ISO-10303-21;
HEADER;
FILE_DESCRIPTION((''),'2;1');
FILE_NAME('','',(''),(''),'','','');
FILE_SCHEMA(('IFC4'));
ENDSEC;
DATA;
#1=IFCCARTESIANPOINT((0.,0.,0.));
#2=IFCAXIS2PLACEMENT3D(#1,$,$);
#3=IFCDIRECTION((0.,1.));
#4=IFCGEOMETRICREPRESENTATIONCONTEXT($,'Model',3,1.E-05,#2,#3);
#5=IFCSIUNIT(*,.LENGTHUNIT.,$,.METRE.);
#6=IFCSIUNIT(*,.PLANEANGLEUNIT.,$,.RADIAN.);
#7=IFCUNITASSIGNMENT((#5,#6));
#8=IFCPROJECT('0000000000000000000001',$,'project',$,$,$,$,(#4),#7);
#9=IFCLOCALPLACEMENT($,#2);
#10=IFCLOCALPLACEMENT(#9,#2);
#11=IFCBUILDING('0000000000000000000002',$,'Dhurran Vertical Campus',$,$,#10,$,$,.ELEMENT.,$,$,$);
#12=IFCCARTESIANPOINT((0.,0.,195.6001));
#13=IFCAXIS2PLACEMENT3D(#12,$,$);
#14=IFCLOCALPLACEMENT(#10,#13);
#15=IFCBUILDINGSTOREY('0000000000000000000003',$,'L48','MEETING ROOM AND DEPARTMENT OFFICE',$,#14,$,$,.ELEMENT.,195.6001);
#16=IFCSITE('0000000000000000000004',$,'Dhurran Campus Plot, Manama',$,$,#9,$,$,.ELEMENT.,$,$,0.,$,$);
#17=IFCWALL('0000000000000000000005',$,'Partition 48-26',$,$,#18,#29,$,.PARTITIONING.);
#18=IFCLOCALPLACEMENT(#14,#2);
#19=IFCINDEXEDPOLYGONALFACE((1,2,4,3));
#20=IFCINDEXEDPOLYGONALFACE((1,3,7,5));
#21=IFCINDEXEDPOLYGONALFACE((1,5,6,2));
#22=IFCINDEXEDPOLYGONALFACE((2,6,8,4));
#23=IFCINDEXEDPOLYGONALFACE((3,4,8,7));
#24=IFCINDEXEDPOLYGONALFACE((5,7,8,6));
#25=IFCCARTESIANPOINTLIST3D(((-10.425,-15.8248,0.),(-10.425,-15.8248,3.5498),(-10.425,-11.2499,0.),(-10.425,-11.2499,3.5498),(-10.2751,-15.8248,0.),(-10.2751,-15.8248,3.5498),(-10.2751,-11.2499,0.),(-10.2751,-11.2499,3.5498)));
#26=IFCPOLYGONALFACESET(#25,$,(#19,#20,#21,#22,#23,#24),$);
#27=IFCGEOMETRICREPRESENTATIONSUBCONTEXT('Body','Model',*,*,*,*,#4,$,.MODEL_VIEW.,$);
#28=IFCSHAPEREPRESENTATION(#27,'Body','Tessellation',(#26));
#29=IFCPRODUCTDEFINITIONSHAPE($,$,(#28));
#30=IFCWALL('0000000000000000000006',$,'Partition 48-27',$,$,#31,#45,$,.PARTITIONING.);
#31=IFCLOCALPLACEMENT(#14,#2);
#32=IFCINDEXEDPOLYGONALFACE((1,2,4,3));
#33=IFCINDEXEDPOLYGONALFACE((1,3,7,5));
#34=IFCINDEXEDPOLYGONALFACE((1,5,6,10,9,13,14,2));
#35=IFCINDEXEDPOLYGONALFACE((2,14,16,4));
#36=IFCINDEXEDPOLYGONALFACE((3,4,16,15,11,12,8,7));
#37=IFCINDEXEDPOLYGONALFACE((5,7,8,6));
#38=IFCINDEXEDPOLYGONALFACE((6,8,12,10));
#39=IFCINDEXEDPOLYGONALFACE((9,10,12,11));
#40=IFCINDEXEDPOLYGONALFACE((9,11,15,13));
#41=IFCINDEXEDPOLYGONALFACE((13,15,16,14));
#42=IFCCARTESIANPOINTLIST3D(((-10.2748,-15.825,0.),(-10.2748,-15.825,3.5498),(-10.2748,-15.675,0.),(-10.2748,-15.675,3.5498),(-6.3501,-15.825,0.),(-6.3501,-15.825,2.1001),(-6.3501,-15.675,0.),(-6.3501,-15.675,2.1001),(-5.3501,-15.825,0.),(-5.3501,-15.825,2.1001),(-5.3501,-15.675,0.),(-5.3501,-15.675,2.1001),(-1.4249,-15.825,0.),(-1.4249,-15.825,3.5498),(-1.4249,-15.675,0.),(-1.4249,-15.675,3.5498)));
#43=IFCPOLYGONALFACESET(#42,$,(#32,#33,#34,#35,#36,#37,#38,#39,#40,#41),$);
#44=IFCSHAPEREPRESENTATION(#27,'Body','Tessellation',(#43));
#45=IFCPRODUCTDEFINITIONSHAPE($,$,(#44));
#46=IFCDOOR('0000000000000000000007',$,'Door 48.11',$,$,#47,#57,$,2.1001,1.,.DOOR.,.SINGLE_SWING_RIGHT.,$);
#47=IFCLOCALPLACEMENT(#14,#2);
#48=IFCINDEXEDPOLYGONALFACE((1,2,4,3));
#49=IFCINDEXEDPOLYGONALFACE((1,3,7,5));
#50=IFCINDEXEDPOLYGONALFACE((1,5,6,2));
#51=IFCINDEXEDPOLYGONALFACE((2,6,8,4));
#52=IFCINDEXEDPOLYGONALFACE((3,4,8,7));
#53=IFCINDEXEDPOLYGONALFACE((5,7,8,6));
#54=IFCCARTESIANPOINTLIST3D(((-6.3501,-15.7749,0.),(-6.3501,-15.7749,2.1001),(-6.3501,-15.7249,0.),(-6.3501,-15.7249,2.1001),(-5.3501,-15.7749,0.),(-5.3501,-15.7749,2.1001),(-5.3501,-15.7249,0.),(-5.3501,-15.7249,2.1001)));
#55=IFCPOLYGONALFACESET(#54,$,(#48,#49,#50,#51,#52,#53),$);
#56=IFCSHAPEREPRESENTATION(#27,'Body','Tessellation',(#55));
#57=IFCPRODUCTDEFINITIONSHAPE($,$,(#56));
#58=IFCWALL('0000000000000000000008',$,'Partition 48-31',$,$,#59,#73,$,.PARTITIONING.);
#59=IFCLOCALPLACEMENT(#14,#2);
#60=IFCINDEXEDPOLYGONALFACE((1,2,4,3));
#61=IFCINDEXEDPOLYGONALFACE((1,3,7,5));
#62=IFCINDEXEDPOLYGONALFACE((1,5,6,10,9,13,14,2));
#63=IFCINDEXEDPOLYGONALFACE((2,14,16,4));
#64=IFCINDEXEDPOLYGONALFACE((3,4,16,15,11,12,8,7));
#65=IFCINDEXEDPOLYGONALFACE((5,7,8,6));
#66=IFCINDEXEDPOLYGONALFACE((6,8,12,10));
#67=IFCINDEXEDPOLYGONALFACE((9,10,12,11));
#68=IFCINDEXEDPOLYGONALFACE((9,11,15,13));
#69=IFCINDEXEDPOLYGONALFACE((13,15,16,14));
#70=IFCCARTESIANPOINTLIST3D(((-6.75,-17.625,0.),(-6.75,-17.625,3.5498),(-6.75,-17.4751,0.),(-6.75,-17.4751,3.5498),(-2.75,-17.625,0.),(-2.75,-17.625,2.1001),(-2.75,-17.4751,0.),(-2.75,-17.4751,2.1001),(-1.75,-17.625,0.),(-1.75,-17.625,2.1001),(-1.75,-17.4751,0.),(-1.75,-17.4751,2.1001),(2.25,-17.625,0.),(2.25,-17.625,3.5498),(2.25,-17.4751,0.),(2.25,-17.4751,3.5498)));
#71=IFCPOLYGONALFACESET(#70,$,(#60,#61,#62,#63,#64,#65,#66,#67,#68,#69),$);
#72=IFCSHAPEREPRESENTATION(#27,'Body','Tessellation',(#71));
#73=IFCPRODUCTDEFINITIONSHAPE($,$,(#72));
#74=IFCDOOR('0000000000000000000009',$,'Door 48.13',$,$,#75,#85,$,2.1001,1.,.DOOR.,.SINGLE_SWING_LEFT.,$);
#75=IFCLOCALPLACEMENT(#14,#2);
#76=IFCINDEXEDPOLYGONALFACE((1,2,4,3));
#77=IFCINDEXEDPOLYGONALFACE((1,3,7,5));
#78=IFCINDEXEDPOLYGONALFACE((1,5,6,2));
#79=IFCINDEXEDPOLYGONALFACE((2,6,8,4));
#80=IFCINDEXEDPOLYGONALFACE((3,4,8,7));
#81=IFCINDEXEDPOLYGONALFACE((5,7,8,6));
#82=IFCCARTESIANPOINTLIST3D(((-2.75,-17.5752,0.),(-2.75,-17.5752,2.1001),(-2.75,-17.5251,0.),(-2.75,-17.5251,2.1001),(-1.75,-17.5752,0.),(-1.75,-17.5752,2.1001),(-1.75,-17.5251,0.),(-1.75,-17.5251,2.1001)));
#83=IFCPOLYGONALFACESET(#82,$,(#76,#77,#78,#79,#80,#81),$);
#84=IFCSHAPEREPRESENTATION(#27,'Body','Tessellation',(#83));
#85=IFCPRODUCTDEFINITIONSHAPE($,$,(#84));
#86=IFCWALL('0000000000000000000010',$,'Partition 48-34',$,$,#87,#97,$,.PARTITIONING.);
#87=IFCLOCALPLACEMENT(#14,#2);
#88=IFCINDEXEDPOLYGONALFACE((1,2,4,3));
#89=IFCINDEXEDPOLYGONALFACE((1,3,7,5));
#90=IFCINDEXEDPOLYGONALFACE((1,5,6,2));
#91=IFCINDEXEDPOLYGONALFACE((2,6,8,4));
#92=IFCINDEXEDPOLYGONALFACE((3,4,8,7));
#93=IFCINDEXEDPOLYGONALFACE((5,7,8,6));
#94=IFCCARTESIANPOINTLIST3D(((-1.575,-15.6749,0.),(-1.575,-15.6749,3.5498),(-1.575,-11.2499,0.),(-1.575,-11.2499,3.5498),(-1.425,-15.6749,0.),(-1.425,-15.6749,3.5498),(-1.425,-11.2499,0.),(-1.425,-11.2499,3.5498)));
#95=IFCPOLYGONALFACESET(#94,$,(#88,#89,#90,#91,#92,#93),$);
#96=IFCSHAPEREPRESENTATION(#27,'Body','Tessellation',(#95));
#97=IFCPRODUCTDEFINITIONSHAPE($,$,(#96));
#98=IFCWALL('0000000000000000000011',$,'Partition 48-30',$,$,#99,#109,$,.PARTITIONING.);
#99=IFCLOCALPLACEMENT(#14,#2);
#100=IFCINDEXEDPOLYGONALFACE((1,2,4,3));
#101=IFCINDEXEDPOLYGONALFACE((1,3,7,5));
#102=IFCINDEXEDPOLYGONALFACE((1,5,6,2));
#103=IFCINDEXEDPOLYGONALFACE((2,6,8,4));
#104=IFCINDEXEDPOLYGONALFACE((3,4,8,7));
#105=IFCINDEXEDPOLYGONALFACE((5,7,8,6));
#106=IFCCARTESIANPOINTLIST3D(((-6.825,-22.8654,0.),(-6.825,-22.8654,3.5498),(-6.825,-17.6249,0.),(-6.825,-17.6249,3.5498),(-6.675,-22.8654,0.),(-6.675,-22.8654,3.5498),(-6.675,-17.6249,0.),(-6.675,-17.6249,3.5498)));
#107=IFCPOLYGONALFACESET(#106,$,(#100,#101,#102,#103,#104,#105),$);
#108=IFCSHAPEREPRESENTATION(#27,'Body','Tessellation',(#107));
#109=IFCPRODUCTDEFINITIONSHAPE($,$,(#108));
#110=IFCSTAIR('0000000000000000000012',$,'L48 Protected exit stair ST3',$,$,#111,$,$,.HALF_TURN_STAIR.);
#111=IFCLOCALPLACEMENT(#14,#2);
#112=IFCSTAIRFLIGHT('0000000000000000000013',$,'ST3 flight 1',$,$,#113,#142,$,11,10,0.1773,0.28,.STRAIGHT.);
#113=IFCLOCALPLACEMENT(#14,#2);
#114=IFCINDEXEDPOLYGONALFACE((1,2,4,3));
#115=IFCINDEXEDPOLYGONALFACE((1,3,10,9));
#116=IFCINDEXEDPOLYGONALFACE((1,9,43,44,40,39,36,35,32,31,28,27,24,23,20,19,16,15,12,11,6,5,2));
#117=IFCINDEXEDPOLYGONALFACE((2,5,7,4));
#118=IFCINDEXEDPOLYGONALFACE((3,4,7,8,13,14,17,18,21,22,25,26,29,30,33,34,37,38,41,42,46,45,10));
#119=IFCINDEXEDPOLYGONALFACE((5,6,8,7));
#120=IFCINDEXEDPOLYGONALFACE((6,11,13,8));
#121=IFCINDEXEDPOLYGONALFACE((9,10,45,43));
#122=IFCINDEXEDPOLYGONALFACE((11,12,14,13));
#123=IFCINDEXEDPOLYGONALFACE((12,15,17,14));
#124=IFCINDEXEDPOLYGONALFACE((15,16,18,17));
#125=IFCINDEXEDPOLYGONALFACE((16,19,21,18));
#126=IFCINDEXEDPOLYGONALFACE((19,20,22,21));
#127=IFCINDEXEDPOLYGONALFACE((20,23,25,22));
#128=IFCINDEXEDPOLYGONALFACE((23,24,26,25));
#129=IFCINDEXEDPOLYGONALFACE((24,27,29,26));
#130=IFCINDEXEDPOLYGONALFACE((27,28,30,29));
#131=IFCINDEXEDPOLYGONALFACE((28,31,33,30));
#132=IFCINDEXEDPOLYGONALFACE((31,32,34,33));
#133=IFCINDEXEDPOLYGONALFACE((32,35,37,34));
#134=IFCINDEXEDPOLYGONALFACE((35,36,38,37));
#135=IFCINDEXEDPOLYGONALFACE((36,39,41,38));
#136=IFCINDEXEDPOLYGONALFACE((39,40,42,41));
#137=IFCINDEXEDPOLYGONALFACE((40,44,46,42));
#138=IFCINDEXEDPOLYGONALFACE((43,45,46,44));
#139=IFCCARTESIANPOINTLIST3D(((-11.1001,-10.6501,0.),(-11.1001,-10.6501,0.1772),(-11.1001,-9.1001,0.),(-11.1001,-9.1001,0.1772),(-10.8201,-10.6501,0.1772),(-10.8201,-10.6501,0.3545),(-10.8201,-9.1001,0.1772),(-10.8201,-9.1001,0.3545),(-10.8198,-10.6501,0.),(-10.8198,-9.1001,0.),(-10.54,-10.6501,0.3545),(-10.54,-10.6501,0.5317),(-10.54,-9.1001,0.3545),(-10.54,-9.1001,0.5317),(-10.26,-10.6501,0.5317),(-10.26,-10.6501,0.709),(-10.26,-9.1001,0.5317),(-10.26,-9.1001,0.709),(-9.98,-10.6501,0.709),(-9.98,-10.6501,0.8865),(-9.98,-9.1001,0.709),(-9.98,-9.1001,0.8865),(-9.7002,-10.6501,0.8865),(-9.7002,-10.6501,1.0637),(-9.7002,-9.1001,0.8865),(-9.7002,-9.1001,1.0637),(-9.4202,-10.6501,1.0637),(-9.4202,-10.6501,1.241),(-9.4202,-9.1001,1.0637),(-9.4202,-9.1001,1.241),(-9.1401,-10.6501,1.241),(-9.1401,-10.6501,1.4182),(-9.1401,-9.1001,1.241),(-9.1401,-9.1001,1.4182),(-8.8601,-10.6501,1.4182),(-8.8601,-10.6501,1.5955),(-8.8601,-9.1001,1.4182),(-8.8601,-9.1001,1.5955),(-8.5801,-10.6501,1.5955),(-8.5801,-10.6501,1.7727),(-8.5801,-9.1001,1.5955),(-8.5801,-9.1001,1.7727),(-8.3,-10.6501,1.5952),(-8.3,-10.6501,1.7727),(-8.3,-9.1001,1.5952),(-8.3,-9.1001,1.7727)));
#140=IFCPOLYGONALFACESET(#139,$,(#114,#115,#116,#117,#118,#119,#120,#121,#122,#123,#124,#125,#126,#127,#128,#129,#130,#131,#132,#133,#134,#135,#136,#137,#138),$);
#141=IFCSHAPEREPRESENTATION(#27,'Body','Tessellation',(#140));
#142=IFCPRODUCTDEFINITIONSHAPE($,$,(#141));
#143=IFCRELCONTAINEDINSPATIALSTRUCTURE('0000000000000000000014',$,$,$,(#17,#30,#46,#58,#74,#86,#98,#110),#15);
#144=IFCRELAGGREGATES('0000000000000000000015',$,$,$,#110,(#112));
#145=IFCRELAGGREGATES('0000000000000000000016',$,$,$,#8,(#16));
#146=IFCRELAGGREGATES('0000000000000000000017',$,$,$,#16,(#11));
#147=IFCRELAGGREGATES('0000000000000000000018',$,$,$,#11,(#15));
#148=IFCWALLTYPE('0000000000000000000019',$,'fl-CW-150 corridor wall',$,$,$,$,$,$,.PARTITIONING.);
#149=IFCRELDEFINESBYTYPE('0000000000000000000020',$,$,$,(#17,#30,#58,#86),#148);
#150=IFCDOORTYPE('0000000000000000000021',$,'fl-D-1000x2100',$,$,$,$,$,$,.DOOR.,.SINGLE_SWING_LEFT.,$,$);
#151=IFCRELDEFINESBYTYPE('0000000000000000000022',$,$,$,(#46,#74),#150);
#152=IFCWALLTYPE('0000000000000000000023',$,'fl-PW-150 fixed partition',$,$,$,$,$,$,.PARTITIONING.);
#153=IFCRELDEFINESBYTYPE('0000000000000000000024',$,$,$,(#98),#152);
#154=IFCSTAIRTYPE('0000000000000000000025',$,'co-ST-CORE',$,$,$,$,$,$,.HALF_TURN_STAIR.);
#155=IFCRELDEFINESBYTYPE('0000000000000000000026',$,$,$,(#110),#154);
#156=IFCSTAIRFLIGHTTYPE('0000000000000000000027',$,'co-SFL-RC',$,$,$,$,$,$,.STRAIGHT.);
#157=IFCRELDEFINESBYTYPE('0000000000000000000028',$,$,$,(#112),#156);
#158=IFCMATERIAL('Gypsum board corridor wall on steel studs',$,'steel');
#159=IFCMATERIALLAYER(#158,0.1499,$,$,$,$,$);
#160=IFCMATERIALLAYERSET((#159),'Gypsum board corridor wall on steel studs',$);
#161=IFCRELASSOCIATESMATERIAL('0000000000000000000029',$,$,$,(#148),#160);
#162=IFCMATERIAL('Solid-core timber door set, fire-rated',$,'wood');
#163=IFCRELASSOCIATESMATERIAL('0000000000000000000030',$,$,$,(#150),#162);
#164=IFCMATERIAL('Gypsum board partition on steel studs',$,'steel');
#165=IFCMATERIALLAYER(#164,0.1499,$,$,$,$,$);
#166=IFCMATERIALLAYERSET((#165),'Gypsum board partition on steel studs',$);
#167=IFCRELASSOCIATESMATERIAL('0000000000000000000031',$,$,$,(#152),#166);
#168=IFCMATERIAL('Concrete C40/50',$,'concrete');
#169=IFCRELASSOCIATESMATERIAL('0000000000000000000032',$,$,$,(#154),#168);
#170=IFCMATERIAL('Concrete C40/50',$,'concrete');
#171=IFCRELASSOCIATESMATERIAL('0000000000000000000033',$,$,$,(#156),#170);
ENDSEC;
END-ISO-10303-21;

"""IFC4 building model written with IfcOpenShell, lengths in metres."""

from ifc_helpers import new_model, si_unit, direction, frame, frame_2d, origin, place, context, subcontext, project, spatial, polyline, rectangle, outline, extrude, material, layer, layer_set, type_object, element, fill, aggregate, save


model = new_model("IFC4")

# Units and contexts
model_context = context("Model", 3, precision=1e-05, world=origin(), true_north=direction((0.0, 1.0)))
body_context = subcontext(model_context, "Body", "Model", "MODEL_VIEW")
ifc_project = project(units=[si_unit("LENGTHUNIT", "METRE"), si_unit("PLANEANGLEUNIT", "RADIAN")], contexts=[model_context])

# Site, building, storey
site_placement = place(None, origin())
site = spatial("IfcSite", under=ifc_project, at=site_placement, Name="Dhurran Campus Plot, Manama", CompositionType="ELEMENT", RefElevation=0.0)
building_placement = place(site_placement, origin())
building = spatial("IfcBuilding", under=site, at=building_placement, Name="Dhurran Vertical Campus", CompositionType="ELEMENT")
storey_placement = place(building_placement, frame((0.0, 0.0, 195.6001)))
storey = spatial("IfcBuildingStorey", under=building, at=storey_placement, Name="L48", Description="MEETING ROOM AND DEPARTMENT OFFICE", CompositionType="ELEMENT", Elevation=195.6001)

# Wall
ifc_material_1 = material(Name="Gypsum board corridor wall on steel studs", Category="steel")
ifc_layer_1 = layer(ifc_material_1, 0.1499)
ifc_layer_set_1 = layer_set([ifc_layer_1], Name="Gypsum board corridor wall on steel studs")
wall_type_1 = type_object("IfcWallType", Name="fl-CW-150 corridor wall", PredefinedType="PARTITIONING", material=ifc_layer_set_1)
wall_1_placement = place(storey_placement, frame((-10.3501, -15.825, 0.0), z_axis=(0.0, 0.0, 1.0), x_axis=(0.0, 1.0, 0.0)))
element("IfcWall", 1, at=wall_1_placement, inside=storey, type_object=wall_type_1, Name="Partition 48-26", PredefinedType="PARTITIONING", context=body_context, shape_type="SweptSolid", body=[
    extrude(rectangle(XDim=4.575, YDim=0.1499, at=frame_2d((2.2876, 0.0))), origin(), (0.0, 0.0, 1.0), 3.5498),
])

# Walls, openings, doors
wall_2_placement = place(storey_placement, frame((-1.425, -15.75, 0.0), z_axis=(0.0, 0.0, 1.0), x_axis=(-1.0, 0.0, 0.0)))
wall_2 = element("IfcWall", 2, at=wall_2_placement, inside=storey, type_object=wall_type_1, Name="Partition 48-27", PredefinedType="PARTITIONING", context=body_context, shape_type="SweptSolid", body=[
    extrude(rectangle(XDim=8.8499, YDim=0.1499, at=frame_2d((4.4248, 0.0))), origin(), (0.0, 0.0, 1.0), 3.5498),
])
opening_1_placement = place(wall_2_placement, frame((3.925, 0.0, 0.0)))
opening_1 = element("IfcOpeningElement", 3, at=opening_1_placement, cuts=wall_2, PredefinedType="OPENING", context=body_context, shape_type="SweptSolid", body=[
    extrude(rectangle(XDim=1.0, YDim=2.1001, at=frame_2d((0.5, 1.05))), frame((0.0, 0.085, 0.0), z_axis=(0.0, -1.0, 0.0), x_axis=(1.0, 0.0, 0.0)), (0.0, 0.0, 1.0), 0.1699),
])
ifc_material_2 = material(Name="Solid-core timber door set, fire-rated", Category="wood")
door_type_1 = type_object("IfcDoorType", Name="fl-D-1000x2100", OperationType="SINGLE_SWING_LEFT", PredefinedType="DOOR", material=ifc_material_2)
door_1_placement = place(opening_1_placement, origin())
door_1 = element("IfcDoor", 4, at=door_1_placement, inside=storey, type_object=door_type_1, Name="Door 48.11", OperationType="SINGLE_SWING_RIGHT", OverallHeight=2.1001, OverallWidth=1.0, PredefinedType="DOOR", context=body_context, shape_type="SweptSolid", body=[
    extrude(rectangle(XDim=1.0, YDim=2.1001, at=frame_2d((0.5, 1.05))), frame((0.0, 0.0249, 0.0), z_axis=(0.0, -1.0, 0.0), x_axis=(1.0, 0.0, 0.0)), (0.0, 0.0, 1.0), 0.05),
])
fill(opening_1, door_1)
wall_3_placement = place(storey_placement, frame((-6.75, -17.55, 0.0), z_axis=(0.0, 0.0, 1.0), x_axis=(1.0, 0.0, 0.0)))
wall_3 = element("IfcWall", 5, at=wall_3_placement, inside=storey, type_object=wall_type_1, Name="Partition 48-31", PredefinedType="PARTITIONING", context=body_context, shape_type="SweptSolid", body=[
    extrude(rectangle(XDim=9.0, YDim=0.1499, at=frame_2d((4.5, 0.0))), origin(), (0.0, 0.0, 1.0), 3.5498),
])
opening_2_placement = place(wall_3_placement, frame((4.0, 0.0, 0.0)))
opening_2 = element("IfcOpeningElement", 6, at=opening_2_placement, cuts=wall_3, PredefinedType="OPENING", context=body_context, shape_type="SweptSolid", body=[
    extrude(rectangle(XDim=1.0, YDim=2.1001, at=frame_2d((0.5, 1.05))), frame((0.0, 0.085, 0.0), z_axis=(0.0, -1.0, 0.0), x_axis=(1.0, 0.0, 0.0)), (0.0, 0.0, 1.0), 0.1699),
])
door_2_placement = place(opening_2_placement, origin())
door_2 = element("IfcDoor", 7, at=door_2_placement, inside=storey, type_object=door_type_1, Name="Door 48.13", OperationType="SINGLE_SWING_LEFT", OverallHeight=2.1001, OverallWidth=1.0, PredefinedType="DOOR", context=body_context, shape_type="SweptSolid", body=[
    extrude(rectangle(XDim=1.0, YDim=2.1001, at=frame_2d((0.5, 1.05))), frame((0.0, 0.0249, 0.0), z_axis=(0.0, -1.0, 0.0), x_axis=(1.0, 0.0, 0.0)), (0.0, 0.0, 1.0), 0.05),
])
fill(opening_2, door_2)

# Walls
wall_4_placement = place(storey_placement, frame((-1.5, -11.25, 0.0), z_axis=(0.0, 0.0, 1.0), x_axis=(0.0, -1.0, 0.0)))
element("IfcWall", 8, at=wall_4_placement, inside=storey, type_object=wall_type_1, Name="Partition 48-34", PredefinedType="PARTITIONING", context=body_context, shape_type="SweptSolid", body=[
    extrude(rectangle(XDim=4.425, YDim=0.1499, at=frame_2d((2.2124, 0.0))), origin(), (0.0, 0.0, 1.0), 3.5498),
])
ifc_material_3 = material(Name="Gypsum board partition on steel studs", Category="steel")
ifc_layer_2 = layer(ifc_material_3, 0.1499)
ifc_layer_set_2 = layer_set([ifc_layer_2], Name="Gypsum board partition on steel studs")
wall_type_2 = type_object("IfcWallType", Name="fl-PW-150 fixed partition", PredefinedType="PARTITIONING", material=ifc_layer_set_2)
wall_5_placement = place(storey_placement, frame((-6.75, -17.625, 0.0), z_axis=(0.0, 0.0, 1.0), x_axis=(0.0, -1.0, 0.0)))
element("IfcWall", 9, at=wall_5_placement, inside=storey, type_object=wall_type_2, Name="Partition 48-30", PredefinedType="PARTITIONING", context=body_context, shape_type="SweptSolid", body=[
    extrude(rectangle(XDim=5.2405, YDim=0.1499, at=frame_2d((2.6201, 0.0))), origin(), (0.0, 0.0, 1.0), 3.5498),
])

# Stair, stair flight
ifc_material_4 = material(Name="Concrete C40/50", Category="concrete")
stair_type = type_object("IfcStairType", Name="co-ST-CORE", PredefinedType="HALF_TURN_STAIR", material=ifc_material_4)
stair_placement = place(storey_placement, origin())
stair = element("IfcStair", 10, at=stair_placement, inside=storey, type_object=stair_type, Name="L48 Protected exit stair ST3", PredefinedType="HALF_TURN_STAIR")
ifc_material_5 = material(Name="Concrete C40/50", Category="concrete")
stair_flight_type = type_object("IfcStairFlightType", Name="co-SFL-RC", PredefinedType="STRAIGHT", material=ifc_material_5)
stair_flight_placement = place(storey_placement, frame((-11.1001, -9.875, 0.0), z_axis=(0.0, 0.0, 1.0), x_axis=(1.0, 0.0, 0.0)))
stair_flight = element("IfcStairFlight", 11, at=stair_flight_placement, type_object=stair_flight_type, Name="ST3 flight 1", NumberOfRisers=11, NumberOfTreads=10, PredefinedType="STRAIGHT", RiserHeight=0.1773, TreadLength=0.28, context=body_context, shape_type="SweptSolid", body=[
    extrude(outline(polyline([(0.0, 0.0), (0.0, 0.1772), (0.28, 0.1772), (0.28, 0.3545), (0.5601, 0.3545), (0.5601, 0.5317), (0.8401, 0.5317), (0.8401, 0.709), (1.1201, 0.709), (1.1201, 0.8865), (1.3999, 0.8865), (1.3999, 1.0637), (1.6799, 1.0637), (1.6799, 1.241), (1.96, 1.241), (1.96, 1.4182), (2.24, 1.4182), (2.24, 1.5955), (2.52, 1.5955), (2.52, 1.7727), (2.8, 1.7727), (2.8, 1.95), (2.8, 1.5952), (0.2803, 0.0), (0.0, 0.0)])), frame((0.0, 0.7749, 0.0), z_axis=(0.0, -1.0, 0.0), x_axis=(1.0, 0.0, 0.0)), (0.0, 0.0, 1.0), 1.55),
])
aggregate(stair, [stair_flight])

save(model, "model.ifc")
